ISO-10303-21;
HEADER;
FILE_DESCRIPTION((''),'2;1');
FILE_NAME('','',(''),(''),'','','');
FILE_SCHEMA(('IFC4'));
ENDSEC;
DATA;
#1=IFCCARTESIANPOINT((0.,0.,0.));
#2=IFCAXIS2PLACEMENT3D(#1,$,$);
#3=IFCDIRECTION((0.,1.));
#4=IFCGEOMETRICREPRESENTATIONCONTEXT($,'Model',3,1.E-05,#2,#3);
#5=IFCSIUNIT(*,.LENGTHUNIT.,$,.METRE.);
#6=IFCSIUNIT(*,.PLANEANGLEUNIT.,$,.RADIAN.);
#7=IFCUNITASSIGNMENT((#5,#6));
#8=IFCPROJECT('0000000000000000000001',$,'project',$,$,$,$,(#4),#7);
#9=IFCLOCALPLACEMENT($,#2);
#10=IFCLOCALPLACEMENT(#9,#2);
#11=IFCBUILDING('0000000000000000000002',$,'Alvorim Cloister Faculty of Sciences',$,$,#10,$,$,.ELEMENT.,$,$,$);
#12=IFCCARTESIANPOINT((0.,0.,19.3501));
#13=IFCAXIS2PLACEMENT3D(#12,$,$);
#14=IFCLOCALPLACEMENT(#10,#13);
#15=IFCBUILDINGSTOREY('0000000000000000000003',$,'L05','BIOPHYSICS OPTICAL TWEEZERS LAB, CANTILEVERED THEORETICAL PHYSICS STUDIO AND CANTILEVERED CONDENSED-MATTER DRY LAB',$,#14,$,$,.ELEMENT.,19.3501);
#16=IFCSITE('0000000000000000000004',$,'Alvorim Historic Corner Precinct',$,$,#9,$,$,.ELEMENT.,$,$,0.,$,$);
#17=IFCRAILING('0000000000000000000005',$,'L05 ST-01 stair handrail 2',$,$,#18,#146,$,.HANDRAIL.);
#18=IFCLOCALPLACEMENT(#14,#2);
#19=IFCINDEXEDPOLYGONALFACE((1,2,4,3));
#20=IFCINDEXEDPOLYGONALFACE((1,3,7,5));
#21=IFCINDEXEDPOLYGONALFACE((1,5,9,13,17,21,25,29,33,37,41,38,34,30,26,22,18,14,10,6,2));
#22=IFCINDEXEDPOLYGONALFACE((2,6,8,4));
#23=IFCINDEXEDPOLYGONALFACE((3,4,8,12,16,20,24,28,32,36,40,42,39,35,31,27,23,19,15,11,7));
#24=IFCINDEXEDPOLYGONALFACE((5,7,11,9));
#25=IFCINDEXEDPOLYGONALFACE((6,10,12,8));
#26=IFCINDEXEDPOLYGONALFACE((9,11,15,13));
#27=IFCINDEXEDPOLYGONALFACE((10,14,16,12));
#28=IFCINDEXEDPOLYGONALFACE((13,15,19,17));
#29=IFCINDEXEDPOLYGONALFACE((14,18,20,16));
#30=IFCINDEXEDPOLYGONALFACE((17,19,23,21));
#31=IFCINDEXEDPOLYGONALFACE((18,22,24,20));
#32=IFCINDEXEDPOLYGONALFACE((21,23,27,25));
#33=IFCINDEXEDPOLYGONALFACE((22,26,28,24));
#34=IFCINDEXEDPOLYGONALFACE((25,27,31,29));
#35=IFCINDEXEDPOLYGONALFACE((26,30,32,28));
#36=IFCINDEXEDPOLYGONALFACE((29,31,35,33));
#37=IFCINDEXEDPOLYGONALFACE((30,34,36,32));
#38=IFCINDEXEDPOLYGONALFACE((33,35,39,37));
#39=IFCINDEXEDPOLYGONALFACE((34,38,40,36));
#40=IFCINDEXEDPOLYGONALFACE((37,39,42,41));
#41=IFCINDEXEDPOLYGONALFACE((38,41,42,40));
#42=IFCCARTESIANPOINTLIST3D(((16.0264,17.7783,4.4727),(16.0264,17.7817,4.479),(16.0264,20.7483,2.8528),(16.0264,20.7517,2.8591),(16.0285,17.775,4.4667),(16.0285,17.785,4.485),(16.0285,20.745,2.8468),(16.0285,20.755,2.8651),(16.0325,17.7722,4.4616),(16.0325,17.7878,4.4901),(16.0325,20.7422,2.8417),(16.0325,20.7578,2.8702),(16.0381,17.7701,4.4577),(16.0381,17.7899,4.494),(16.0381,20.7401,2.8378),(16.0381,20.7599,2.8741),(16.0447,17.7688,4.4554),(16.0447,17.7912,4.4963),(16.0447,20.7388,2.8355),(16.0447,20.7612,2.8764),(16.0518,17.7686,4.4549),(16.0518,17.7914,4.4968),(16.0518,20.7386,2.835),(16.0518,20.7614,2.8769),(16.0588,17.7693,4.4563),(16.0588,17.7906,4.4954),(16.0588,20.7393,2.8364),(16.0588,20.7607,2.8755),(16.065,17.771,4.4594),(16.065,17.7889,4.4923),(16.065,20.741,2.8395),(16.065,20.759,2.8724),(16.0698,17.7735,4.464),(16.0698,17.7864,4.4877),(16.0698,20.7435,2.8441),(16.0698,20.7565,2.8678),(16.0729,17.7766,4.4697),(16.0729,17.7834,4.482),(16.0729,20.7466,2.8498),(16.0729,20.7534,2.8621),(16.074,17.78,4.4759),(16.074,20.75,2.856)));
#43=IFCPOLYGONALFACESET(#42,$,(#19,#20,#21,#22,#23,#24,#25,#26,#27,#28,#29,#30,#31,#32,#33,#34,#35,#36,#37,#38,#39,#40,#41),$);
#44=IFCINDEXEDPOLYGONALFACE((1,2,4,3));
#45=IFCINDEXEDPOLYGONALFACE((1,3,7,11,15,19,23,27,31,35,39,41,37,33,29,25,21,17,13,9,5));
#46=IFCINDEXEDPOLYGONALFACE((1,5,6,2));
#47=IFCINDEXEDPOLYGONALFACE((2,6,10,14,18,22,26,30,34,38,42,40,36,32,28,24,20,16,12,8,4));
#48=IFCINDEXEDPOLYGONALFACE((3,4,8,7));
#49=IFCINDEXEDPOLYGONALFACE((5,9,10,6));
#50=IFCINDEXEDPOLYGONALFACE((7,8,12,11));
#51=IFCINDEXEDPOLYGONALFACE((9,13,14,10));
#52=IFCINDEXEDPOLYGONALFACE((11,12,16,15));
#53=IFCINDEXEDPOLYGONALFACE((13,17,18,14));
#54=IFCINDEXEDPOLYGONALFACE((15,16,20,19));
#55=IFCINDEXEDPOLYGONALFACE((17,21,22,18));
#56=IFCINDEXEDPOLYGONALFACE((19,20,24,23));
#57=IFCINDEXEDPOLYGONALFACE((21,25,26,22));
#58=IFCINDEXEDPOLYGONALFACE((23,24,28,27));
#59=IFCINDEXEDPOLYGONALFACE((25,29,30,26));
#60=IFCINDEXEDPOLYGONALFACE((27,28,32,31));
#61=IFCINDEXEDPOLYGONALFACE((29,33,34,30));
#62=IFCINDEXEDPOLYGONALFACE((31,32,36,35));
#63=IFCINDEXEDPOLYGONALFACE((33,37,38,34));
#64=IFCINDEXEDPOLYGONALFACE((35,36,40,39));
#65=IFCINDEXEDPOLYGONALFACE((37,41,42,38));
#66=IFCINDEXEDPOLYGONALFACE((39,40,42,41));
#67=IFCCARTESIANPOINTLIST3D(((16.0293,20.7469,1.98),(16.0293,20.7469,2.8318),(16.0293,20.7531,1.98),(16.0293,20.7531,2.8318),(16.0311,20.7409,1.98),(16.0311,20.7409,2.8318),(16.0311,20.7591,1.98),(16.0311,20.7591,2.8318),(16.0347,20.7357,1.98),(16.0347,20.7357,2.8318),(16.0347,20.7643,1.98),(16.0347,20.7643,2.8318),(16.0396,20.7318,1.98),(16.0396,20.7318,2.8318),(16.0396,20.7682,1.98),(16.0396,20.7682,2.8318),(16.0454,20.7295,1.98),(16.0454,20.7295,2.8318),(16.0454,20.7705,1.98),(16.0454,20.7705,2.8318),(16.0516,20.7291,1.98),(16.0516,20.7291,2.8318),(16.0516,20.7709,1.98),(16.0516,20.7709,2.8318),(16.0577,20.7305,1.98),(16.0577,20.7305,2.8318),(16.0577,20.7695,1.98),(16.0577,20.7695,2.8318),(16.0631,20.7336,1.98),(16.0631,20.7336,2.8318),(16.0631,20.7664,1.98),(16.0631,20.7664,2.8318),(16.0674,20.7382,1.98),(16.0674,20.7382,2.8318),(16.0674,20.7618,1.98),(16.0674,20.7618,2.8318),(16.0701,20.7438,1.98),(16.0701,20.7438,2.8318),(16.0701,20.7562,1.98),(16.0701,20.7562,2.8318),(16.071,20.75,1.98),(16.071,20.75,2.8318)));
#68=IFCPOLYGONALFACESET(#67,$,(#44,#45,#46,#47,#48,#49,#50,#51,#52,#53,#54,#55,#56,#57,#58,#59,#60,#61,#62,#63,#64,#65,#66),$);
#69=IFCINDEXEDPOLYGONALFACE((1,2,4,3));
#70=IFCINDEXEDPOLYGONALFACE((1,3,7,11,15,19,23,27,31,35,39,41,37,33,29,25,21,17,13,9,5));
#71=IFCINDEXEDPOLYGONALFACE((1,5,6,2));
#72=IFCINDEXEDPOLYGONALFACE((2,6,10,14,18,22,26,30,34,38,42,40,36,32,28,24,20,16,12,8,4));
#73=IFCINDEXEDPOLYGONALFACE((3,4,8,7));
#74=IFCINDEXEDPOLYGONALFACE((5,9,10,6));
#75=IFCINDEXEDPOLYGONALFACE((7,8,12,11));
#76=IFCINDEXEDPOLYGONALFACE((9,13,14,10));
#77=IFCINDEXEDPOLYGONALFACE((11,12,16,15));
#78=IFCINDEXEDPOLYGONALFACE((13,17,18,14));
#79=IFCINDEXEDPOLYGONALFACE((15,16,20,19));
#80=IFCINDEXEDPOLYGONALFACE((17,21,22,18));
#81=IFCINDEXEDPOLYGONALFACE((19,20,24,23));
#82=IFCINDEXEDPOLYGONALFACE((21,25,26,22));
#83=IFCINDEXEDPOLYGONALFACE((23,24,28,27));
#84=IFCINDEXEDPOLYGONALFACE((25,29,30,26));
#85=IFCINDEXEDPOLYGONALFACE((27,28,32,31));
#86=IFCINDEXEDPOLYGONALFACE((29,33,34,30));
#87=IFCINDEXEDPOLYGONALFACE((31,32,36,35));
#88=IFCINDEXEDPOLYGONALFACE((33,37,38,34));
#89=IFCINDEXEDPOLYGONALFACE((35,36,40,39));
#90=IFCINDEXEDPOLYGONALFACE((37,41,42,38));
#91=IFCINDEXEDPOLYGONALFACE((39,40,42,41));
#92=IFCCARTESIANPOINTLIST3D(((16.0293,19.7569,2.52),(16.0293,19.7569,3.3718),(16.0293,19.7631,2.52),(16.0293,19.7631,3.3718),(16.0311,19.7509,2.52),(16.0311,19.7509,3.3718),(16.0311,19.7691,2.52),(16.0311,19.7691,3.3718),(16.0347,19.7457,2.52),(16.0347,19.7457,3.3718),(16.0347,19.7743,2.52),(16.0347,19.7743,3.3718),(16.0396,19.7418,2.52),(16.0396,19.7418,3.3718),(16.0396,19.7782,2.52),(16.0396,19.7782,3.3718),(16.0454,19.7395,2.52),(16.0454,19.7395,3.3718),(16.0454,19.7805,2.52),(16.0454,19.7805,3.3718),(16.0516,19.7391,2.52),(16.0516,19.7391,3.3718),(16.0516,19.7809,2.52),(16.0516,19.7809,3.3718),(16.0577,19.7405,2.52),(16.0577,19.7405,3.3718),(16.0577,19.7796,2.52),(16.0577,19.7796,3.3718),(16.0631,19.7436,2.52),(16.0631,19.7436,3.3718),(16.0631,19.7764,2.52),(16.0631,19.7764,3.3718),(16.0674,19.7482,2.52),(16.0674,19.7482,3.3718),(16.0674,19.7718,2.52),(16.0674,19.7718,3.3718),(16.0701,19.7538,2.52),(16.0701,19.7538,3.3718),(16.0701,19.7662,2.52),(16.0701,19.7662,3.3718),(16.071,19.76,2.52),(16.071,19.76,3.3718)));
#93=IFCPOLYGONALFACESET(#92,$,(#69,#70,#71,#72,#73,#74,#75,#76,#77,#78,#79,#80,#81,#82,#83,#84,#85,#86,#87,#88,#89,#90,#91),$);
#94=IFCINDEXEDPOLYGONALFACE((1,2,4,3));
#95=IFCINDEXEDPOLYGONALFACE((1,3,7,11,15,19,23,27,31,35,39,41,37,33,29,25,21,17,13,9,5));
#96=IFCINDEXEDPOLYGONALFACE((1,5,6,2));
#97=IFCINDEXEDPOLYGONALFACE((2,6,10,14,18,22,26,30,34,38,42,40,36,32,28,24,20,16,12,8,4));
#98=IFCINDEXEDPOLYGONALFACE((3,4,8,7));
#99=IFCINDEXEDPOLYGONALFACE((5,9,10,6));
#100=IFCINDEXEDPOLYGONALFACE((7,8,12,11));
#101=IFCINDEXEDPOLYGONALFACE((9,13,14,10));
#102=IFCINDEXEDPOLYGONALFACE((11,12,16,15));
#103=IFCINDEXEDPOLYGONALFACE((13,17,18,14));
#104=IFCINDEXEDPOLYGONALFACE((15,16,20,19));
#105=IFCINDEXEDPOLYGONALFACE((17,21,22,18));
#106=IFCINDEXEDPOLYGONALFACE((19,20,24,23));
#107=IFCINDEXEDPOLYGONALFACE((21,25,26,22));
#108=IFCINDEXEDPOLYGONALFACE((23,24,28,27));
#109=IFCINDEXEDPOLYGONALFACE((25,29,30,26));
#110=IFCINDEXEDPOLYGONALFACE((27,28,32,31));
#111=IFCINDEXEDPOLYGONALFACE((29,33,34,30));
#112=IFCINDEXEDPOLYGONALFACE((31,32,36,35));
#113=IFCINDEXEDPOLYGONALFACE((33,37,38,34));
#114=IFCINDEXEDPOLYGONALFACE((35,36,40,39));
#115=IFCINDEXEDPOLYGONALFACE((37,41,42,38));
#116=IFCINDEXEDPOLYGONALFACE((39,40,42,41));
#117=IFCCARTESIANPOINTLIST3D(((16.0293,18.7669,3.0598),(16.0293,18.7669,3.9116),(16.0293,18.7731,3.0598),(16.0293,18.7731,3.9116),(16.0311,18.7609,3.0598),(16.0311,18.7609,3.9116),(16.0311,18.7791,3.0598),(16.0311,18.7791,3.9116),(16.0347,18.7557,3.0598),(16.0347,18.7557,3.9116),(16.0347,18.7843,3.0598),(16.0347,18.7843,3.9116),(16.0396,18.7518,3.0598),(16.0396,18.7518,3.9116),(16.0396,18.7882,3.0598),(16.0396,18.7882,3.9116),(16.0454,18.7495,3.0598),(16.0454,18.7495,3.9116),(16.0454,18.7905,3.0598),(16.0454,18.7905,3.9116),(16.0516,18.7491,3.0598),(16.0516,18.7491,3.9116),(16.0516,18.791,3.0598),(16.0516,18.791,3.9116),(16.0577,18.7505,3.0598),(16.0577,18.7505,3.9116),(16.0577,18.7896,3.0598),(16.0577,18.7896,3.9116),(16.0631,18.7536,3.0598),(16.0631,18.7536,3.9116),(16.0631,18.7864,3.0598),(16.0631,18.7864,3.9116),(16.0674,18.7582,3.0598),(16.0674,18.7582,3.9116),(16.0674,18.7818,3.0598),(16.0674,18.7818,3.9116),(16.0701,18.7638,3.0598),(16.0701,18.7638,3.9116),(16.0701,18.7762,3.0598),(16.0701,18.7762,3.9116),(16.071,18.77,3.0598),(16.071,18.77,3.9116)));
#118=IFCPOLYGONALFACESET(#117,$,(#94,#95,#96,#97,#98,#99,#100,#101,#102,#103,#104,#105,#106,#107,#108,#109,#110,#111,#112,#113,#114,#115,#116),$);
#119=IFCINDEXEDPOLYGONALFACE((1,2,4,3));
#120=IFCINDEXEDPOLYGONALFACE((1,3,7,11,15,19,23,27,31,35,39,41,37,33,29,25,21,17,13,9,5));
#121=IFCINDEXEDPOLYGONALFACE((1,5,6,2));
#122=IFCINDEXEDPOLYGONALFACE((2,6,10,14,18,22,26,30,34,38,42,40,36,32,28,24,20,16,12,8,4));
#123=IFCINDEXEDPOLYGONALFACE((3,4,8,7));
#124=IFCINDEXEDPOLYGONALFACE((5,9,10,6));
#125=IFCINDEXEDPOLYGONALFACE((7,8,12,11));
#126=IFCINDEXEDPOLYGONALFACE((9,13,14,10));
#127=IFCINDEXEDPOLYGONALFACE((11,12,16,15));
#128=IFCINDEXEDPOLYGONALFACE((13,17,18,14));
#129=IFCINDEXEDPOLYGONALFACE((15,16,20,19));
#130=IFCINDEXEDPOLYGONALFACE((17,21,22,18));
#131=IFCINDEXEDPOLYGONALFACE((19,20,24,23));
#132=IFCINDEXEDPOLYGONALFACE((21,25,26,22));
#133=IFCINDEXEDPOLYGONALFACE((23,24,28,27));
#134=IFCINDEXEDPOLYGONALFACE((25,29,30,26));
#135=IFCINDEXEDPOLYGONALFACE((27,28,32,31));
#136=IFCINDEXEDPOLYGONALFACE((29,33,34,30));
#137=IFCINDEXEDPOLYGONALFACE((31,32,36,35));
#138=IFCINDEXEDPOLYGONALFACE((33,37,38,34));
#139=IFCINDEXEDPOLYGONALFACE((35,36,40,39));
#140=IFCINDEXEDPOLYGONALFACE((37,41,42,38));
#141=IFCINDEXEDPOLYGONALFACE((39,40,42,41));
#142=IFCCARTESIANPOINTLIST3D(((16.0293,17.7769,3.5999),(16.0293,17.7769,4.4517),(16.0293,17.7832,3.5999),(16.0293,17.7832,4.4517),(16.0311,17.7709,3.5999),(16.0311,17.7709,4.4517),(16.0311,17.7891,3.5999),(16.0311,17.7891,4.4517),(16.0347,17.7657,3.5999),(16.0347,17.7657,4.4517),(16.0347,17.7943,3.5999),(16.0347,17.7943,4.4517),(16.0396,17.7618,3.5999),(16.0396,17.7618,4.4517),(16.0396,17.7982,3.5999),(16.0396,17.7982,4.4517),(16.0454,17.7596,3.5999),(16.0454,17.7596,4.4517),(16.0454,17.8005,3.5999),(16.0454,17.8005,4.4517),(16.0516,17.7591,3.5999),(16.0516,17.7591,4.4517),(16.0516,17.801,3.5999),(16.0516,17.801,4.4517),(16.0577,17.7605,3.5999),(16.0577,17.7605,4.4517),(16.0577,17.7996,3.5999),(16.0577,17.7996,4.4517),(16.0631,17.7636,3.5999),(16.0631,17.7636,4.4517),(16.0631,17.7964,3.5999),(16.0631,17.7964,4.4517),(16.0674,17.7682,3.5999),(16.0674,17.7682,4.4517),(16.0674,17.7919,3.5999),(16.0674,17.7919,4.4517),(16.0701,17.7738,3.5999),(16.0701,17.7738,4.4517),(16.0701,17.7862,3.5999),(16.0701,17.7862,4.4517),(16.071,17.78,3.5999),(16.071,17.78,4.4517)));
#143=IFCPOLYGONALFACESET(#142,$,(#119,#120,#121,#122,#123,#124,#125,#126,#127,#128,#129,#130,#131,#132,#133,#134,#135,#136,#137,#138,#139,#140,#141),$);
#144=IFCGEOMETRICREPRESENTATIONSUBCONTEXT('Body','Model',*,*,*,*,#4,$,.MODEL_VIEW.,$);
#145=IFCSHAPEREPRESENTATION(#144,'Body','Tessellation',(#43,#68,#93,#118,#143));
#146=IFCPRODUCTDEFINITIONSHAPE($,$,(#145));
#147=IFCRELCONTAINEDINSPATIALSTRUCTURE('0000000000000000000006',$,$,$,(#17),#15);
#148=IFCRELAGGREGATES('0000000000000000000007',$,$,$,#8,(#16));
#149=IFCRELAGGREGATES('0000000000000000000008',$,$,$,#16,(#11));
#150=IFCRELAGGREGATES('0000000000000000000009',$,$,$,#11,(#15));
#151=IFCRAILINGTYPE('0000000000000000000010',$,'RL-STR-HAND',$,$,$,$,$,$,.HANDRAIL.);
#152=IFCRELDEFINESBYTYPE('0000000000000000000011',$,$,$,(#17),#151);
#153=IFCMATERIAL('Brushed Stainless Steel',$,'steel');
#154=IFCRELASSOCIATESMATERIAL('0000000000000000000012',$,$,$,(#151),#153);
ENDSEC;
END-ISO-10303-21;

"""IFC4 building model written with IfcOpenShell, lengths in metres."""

from ifc_helpers import new_model, si_unit, direction, frame, origin, origin_2d, place, context, subcontext, project, spatial, circle, extrude, material, type_object, element, save


model = new_model("IFC4")

# Units and contexts
model_context = context("Model", 3, precision=1e-05, world=origin(), true_north=direction((0.0, 1.0)))
body_context = subcontext(model_context, "Body", "Model", "MODEL_VIEW")
ifc_project = project(units=[si_unit("LENGTHUNIT", "METRE"), si_unit("PLANEANGLEUNIT", "RADIAN")], contexts=[model_context])

# Site, building, storey
site_placement = place(None, origin())
site = spatial("IfcSite", under=ifc_project, at=site_placement, Name="Alvorim Historic Corner Precinct", CompositionType="ELEMENT", RefElevation=0.0)
building_placement = place(site_placement, origin())
building = spatial("IfcBuilding", under=site, at=building_placement, Name="Alvorim Cloister Faculty of Sciences", CompositionType="ELEMENT")
storey_placement = place(building_placement, frame((0.0, 0.0, 19.3501)))
storey = spatial("IfcBuildingStorey", under=building, at=storey_placement, Name="L05", Description="BIOPHYSICS OPTICAL TWEEZERS LAB, CANTILEVERED THEORETICAL PHYSICS STUDIO AND CANTILEVERED CONDENSED-MATTER DRY LAB", CompositionType="ELEMENT", Elevation=19.3501)

# Railing
ifc_material_1 = material(Name="Brushed Stainless Steel", Category="steel")
railing_type_1 = type_object("IfcRailingType", Name="RL-STR-HAND", PredefinedType="HANDRAIL", material=ifc_material_1)
railing_1_placement = place(storey_placement, frame((16.05, 20.75, 1.98)))
element("IfcRailing", 1, at=railing_1_placement, inside=storey, type_object=railing_type_1, Name="L05 ST-01 stair handrail 2", PredefinedType="HANDRAIL", context=body_context, shape_type="SweptSolid", body=[
    extrude(circle(Radius=0.0239, at=origin_2d()), frame((0.0, 0.0, 0.876), z_axis=(0.0, -0.877909, 0.478827), x_axis=(1.0, 0.0, 0.0)), (0.0, 0.0, 1.0), 3.3831),
    extrude(circle(Radius=0.021, at=origin_2d()), origin(), (0.0, 0.0, 1.0), 0.8518),
    extrude(circle(Radius=0.021, at=origin_2d()), frame((0.0, -0.99, 0.54)), (0.0, 0.0, 1.0), 0.8518),
    extrude(circle(Radius=0.021, at=origin_2d()), frame((0.0, -1.98, 1.0798)), (0.0, 0.0, 1.0), 0.8518),
    extrude(circle(Radius=0.021, at=origin_2d()), frame((0.0, -2.97, 1.6199)), (0.0, 0.0, 1.0), 0.8518),
])

save(model, "model.ifc")
